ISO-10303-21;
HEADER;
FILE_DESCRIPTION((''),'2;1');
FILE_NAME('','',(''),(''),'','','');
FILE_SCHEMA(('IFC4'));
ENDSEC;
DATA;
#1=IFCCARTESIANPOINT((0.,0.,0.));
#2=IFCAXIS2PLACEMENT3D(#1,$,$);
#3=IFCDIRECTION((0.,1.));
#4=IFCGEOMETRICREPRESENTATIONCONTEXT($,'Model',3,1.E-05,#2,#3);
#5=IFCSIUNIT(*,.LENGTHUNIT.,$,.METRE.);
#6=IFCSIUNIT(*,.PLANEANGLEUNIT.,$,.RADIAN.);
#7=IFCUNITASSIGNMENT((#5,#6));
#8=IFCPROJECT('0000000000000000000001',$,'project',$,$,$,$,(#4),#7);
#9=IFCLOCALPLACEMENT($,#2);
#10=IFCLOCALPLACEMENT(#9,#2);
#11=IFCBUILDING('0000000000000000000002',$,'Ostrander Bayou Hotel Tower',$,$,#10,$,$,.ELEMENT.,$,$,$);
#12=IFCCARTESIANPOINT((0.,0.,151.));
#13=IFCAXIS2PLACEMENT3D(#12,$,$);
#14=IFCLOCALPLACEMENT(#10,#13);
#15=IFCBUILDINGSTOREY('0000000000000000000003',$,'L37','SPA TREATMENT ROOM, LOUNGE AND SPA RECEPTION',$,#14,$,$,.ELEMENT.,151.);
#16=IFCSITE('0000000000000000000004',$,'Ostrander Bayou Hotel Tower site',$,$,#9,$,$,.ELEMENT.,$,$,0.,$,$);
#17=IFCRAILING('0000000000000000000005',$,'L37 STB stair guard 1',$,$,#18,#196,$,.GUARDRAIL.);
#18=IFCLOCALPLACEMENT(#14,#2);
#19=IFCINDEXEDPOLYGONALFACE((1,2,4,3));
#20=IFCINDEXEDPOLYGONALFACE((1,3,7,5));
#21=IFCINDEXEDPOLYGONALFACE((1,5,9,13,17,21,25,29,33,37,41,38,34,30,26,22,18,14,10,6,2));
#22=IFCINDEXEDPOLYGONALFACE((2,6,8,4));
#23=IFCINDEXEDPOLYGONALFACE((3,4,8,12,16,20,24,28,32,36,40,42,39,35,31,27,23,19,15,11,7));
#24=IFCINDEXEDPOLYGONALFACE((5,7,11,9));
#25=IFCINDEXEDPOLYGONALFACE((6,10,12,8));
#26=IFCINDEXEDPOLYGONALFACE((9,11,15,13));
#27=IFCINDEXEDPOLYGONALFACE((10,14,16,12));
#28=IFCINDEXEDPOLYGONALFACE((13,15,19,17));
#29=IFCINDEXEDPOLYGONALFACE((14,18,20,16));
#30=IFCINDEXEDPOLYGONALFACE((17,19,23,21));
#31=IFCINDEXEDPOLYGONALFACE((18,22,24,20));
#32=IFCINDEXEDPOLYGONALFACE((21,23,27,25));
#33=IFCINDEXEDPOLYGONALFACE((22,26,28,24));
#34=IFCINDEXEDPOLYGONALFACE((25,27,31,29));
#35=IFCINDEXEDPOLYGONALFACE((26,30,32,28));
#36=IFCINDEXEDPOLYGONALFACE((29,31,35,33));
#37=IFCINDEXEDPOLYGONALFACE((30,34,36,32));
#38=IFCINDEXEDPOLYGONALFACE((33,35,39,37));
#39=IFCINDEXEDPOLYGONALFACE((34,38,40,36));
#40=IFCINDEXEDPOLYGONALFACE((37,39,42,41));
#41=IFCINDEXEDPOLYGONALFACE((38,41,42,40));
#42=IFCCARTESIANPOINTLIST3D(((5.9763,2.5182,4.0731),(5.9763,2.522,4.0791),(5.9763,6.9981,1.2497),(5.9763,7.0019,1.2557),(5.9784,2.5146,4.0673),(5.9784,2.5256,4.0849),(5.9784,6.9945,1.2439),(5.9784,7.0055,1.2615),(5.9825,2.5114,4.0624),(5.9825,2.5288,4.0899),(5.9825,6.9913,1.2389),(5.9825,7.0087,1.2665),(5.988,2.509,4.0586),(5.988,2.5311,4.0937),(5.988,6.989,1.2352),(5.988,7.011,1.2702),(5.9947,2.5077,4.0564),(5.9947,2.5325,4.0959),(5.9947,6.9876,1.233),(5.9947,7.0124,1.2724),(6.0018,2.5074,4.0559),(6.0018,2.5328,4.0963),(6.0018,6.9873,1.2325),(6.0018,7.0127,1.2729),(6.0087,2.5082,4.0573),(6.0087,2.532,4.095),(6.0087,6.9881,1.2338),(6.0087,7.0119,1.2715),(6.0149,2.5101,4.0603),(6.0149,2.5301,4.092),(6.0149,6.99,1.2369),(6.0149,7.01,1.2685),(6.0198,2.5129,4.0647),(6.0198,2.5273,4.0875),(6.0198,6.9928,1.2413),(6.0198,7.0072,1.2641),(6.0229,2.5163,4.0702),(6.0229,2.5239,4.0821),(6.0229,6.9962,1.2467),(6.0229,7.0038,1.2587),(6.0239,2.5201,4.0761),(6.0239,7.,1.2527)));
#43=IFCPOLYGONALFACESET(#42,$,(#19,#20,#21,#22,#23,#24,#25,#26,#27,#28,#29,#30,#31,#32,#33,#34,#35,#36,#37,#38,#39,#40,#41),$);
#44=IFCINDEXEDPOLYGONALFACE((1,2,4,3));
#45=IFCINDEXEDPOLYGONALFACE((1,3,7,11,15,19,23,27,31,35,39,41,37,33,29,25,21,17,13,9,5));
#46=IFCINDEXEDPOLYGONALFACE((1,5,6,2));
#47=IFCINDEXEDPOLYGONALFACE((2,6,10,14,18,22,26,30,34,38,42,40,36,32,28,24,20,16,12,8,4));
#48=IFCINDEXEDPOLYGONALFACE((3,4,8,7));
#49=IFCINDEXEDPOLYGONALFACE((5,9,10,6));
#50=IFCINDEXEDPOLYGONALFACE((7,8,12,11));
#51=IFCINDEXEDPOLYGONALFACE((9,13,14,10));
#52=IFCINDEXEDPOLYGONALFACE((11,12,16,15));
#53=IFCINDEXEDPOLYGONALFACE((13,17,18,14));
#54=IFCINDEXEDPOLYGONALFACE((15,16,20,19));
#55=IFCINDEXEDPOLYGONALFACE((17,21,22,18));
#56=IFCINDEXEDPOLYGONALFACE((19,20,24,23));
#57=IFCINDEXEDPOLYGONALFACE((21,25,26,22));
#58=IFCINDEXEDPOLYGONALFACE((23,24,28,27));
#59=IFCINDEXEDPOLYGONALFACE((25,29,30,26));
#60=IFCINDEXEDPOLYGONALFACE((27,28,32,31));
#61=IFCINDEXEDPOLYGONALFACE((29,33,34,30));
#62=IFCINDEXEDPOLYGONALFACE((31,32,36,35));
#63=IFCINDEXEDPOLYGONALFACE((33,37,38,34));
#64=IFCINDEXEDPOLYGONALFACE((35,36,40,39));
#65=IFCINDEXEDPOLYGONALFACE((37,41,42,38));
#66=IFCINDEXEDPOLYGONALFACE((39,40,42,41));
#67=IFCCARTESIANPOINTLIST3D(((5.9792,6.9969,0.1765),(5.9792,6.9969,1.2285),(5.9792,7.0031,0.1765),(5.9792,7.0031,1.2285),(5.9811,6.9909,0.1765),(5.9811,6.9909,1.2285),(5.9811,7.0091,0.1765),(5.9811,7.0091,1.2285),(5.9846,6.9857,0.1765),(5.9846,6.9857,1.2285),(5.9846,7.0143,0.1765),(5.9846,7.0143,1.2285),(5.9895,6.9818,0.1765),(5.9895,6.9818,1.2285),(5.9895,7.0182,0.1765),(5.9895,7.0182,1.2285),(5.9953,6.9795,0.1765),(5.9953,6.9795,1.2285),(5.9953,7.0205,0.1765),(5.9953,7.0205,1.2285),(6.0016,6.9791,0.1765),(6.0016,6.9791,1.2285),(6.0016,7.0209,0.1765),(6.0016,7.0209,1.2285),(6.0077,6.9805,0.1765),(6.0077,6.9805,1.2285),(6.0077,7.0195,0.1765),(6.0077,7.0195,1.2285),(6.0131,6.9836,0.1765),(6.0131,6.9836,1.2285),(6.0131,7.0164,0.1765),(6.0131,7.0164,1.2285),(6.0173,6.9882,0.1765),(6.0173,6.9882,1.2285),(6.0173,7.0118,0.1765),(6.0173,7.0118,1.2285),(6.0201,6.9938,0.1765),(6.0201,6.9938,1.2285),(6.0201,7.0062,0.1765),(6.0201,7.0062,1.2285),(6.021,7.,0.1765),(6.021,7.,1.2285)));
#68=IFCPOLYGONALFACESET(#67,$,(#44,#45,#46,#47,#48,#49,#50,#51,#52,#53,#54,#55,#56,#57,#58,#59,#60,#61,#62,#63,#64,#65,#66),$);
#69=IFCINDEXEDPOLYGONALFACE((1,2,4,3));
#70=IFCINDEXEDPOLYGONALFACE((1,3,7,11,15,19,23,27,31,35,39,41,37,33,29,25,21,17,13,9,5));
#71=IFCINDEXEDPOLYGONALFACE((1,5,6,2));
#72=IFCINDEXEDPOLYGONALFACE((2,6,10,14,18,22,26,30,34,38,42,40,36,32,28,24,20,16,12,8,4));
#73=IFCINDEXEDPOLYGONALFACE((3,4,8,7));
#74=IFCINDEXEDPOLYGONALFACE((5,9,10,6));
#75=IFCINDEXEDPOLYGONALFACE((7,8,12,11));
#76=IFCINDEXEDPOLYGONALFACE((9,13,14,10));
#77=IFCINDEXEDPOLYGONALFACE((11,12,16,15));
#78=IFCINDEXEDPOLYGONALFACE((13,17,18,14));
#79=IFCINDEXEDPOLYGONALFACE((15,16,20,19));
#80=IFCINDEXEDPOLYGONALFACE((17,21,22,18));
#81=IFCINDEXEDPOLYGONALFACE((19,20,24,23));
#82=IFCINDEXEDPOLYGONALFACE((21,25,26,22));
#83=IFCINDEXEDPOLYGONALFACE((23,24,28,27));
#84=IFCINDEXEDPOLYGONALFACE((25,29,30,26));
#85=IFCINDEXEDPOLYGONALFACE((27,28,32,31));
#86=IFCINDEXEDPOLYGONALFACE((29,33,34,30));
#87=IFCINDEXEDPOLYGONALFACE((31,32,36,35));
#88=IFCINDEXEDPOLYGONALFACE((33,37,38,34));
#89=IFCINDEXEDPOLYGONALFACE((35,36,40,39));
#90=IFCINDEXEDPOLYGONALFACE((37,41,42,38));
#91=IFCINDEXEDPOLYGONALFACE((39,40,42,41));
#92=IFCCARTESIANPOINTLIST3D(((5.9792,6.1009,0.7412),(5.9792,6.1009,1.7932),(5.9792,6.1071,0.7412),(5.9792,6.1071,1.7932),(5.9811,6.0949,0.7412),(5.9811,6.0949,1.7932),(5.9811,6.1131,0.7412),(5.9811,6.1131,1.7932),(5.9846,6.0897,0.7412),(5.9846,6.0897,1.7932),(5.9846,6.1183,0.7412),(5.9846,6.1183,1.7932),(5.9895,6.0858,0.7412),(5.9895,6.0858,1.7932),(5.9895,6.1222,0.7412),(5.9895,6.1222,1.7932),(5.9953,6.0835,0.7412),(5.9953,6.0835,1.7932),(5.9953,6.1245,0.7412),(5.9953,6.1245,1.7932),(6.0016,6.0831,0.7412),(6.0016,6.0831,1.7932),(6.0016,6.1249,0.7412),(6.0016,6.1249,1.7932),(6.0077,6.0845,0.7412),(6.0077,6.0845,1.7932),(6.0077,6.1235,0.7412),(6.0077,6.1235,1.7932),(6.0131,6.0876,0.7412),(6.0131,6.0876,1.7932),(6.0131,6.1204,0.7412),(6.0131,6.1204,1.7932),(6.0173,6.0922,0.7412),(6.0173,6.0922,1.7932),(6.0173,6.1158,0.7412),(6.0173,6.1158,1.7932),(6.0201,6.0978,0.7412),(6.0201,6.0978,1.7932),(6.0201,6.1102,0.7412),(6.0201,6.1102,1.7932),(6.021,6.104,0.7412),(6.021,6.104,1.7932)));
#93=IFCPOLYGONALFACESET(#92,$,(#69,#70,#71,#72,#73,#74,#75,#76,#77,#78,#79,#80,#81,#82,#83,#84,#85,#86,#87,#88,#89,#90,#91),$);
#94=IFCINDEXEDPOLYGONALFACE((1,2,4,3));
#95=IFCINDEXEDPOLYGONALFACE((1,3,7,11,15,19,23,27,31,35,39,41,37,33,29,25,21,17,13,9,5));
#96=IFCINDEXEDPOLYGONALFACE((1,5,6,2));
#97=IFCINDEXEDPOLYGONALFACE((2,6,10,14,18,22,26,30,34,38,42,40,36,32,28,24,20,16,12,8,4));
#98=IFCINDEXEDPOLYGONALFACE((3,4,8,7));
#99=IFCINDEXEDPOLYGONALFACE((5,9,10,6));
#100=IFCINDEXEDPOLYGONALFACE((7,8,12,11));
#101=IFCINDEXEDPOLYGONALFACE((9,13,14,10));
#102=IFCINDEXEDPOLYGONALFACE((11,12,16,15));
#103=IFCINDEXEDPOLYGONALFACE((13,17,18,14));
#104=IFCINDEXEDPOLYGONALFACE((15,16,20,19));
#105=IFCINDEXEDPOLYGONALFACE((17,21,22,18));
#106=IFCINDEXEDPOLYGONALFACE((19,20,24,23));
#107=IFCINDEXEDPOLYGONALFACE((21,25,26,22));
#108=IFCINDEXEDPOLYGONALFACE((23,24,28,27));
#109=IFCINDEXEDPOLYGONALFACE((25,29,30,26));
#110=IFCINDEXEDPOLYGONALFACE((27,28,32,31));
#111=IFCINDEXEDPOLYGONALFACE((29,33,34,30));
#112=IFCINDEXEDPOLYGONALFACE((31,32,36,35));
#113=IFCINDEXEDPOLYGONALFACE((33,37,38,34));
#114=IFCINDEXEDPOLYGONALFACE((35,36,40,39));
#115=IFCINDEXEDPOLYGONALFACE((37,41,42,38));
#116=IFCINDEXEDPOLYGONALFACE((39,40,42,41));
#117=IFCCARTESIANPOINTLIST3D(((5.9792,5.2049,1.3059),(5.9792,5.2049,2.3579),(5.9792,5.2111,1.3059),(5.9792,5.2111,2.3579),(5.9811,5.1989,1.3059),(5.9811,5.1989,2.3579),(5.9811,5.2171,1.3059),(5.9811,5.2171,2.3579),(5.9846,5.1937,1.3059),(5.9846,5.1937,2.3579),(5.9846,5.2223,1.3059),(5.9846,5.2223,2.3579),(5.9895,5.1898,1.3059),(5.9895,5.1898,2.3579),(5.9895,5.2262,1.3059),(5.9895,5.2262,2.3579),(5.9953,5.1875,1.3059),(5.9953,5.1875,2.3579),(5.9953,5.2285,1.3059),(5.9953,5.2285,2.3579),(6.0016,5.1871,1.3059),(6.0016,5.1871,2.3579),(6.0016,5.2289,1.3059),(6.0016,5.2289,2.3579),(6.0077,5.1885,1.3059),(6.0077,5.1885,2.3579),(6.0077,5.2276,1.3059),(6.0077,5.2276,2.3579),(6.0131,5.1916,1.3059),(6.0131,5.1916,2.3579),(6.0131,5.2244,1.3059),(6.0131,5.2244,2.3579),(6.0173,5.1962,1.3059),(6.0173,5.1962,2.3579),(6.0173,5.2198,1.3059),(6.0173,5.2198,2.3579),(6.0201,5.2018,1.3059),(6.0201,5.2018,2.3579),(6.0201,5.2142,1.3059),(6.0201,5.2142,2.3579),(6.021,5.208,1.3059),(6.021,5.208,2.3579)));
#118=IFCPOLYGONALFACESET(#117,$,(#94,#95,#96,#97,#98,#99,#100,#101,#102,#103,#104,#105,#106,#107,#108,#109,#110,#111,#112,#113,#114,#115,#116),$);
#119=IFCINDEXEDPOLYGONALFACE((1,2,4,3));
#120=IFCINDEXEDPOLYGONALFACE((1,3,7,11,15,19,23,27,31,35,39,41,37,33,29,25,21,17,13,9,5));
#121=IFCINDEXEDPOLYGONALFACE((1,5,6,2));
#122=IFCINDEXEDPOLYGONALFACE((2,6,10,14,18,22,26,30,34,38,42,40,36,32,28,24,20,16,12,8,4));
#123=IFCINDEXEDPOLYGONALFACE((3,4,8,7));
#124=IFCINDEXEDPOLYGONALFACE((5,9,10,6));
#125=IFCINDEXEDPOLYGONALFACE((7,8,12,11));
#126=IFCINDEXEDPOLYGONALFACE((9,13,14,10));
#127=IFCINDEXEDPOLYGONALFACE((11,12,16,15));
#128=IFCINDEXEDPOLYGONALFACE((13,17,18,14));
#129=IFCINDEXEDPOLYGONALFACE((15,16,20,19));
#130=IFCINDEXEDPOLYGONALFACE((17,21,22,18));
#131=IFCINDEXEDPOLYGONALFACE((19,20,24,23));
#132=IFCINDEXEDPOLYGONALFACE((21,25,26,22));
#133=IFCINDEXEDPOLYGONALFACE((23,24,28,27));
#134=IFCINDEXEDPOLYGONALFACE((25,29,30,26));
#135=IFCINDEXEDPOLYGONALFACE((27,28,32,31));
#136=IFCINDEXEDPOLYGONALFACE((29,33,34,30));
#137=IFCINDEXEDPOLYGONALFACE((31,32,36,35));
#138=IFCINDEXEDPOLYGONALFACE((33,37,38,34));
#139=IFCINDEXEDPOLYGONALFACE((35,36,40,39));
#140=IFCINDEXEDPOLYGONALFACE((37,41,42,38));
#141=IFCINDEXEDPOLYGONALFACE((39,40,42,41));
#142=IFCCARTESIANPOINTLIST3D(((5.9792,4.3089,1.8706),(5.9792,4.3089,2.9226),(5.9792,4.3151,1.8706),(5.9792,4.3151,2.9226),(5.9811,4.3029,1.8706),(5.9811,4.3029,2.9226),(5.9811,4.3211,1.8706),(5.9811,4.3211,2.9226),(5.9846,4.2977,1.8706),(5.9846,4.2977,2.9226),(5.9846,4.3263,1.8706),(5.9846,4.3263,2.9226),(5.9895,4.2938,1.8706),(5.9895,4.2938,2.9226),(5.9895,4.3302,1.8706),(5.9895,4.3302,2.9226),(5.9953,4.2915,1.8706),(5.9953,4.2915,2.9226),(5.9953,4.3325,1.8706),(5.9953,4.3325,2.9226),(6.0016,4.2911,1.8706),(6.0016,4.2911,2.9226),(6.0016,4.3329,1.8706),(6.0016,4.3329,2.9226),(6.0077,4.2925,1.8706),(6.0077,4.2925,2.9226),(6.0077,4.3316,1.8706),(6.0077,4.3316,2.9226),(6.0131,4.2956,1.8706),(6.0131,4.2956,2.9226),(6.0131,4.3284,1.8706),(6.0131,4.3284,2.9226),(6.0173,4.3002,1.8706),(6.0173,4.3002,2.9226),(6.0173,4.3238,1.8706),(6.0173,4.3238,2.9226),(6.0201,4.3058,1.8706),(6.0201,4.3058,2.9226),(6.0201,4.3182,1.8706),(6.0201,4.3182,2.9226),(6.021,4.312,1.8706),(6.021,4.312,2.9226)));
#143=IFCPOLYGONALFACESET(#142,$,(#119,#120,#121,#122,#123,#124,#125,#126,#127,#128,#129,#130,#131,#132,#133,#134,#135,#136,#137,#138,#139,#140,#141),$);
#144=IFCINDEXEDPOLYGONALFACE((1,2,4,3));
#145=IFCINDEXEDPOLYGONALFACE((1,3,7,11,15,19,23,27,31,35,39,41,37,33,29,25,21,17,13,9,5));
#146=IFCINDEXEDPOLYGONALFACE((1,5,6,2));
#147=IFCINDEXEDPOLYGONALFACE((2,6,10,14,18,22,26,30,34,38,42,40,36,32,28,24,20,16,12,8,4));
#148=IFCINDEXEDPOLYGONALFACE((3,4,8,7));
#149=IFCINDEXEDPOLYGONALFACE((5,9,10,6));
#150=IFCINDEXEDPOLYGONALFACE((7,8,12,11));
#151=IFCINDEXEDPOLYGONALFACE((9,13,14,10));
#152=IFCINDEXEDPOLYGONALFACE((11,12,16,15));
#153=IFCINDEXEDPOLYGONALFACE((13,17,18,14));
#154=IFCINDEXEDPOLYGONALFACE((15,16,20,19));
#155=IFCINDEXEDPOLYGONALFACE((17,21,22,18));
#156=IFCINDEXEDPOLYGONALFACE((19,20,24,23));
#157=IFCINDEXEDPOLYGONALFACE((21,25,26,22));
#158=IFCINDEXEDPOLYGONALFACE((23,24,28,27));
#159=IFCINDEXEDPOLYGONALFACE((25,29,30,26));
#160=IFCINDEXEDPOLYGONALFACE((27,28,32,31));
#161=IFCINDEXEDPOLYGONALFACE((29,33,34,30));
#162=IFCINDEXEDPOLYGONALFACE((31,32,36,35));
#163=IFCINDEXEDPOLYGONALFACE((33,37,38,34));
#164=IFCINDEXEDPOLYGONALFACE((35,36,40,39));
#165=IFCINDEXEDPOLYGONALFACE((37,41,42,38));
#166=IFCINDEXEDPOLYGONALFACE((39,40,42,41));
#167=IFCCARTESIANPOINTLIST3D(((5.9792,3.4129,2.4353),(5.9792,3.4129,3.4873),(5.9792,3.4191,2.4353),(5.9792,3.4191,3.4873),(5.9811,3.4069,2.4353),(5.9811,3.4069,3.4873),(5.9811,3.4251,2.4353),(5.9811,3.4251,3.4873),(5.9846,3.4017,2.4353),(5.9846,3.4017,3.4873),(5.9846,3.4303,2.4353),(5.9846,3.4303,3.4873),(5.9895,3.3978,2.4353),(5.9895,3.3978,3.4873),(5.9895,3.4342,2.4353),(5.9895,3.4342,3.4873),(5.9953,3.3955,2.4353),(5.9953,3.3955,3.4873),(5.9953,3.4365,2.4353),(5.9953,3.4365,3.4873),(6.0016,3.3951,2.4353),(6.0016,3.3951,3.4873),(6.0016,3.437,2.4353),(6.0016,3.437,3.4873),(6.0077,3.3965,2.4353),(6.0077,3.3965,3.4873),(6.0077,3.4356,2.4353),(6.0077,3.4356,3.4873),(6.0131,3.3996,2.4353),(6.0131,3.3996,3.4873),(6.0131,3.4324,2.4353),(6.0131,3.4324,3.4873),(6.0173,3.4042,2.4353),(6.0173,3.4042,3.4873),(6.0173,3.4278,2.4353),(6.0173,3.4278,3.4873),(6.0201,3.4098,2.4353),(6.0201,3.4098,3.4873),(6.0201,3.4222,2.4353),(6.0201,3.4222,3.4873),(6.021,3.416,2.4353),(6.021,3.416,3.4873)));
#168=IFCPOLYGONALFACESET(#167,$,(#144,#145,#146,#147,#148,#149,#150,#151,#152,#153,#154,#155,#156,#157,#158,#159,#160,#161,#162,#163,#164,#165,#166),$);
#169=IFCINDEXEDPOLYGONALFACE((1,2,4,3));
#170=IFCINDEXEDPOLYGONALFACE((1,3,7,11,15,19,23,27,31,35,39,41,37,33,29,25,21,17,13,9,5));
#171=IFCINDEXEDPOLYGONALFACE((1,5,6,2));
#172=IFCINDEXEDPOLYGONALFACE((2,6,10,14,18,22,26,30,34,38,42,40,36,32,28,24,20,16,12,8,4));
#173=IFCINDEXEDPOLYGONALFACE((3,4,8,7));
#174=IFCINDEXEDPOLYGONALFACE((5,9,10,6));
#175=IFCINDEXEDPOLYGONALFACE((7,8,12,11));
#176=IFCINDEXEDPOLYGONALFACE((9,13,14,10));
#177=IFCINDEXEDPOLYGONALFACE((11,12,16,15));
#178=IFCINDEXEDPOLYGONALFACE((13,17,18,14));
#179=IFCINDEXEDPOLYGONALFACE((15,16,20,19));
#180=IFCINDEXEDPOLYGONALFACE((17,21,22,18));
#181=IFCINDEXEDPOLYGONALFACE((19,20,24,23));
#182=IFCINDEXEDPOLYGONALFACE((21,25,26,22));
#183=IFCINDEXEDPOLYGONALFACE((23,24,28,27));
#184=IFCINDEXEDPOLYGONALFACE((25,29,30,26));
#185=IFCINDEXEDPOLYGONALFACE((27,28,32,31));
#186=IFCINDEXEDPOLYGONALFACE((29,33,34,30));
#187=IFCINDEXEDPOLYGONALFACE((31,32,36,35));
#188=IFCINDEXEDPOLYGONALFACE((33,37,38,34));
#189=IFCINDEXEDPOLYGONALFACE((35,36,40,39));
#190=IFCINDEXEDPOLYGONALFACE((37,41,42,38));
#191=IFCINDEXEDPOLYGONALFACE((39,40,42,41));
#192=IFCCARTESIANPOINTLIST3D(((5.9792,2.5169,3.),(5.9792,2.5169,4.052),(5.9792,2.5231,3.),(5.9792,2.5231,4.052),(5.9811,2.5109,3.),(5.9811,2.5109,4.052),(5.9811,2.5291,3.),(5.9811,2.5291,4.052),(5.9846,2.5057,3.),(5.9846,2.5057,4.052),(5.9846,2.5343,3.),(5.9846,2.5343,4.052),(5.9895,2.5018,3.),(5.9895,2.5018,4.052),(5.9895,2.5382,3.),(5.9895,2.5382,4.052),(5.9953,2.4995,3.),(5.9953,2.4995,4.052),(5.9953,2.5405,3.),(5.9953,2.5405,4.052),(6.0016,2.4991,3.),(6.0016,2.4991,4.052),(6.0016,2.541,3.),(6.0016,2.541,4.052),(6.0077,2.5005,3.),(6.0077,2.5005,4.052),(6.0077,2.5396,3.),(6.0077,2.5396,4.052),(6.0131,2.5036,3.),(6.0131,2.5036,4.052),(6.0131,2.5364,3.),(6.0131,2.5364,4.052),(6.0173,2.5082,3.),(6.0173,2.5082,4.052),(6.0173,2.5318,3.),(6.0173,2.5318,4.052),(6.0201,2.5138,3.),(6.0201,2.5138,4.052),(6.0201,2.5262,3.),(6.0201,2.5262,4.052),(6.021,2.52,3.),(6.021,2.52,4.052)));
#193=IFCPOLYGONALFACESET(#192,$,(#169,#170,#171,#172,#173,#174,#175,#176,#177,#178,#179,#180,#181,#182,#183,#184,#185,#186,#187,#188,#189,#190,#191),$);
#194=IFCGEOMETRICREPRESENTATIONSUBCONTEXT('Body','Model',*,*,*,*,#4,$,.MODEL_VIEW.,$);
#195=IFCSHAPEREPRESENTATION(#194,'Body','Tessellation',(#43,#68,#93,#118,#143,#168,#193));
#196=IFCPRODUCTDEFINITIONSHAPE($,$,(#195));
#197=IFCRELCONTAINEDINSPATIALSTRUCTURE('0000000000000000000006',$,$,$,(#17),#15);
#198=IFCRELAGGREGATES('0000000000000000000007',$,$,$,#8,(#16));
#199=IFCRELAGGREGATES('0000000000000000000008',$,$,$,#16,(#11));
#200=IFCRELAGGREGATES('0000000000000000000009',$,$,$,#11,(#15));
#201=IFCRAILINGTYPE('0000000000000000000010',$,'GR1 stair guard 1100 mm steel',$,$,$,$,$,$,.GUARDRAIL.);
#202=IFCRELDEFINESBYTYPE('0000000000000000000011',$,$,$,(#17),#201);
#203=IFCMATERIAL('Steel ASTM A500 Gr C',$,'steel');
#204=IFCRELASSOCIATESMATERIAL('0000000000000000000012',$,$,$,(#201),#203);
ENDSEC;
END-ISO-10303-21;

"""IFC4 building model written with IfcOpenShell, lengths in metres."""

from ifc_helpers import new_model, si_unit, direction, frame, origin, origin_2d, place, context, subcontext, project, spatial, circle, extrude, material, type_object, element, save


model = new_model("IFC4")

# Units and contexts
model_context = context("Model", 3, precision=1e-05, world=origin(), true_north=direction((0.0, 1.0)))
body_context = subcontext(model_context, "Body", "Model", "MODEL_VIEW")
ifc_project = project(units=[si_unit("LENGTHUNIT", "METRE"), si_unit("PLANEANGLEUNIT", "RADIAN")], contexts=[model_context])

# Site, building, storey
site_placement = place(None, origin())
site = spatial("IfcSite", under=ifc_project, at=site_placement, Name="Ostrander Bayou Hotel Tower site", CompositionType="ELEMENT", RefElevation=0.0)
building_placement = place(site_placement, origin())
building = spatial("IfcBuilding", under=site, at=building_placement, Name="Ostrander Bayou Hotel Tower", CompositionType="ELEMENT")
storey_placement = place(building_placement, frame((0.0, 0.0, 151.0)))
storey = spatial("IfcBuildingStorey", under=building, at=storey_placement, Name="L37", Description="SPA TREATMENT ROOM, LOUNGE AND SPA RECEPTION", CompositionType="ELEMENT", Elevation=151.0)

# Railing
ifc_material_1 = material(Name="Steel ASTM A500 Gr C", Category="steel")
railing_type_1 = type_object("IfcRailingType", Name="GR1 stair guard 1100 mm steel", PredefinedType="GUARDRAIL", material=ifc_material_1)
railing_1_placement = place(storey_placement, frame((6.0, 7.0, 0.1765)))
element("IfcRailing", 1, at=railing_1_placement, inside=storey, type_object=railing_type_1, Name="L37 STB stair guard 1", PredefinedType="GUARDRAIL", context=body_context, shape_type="SweptSolid", body=[
    extrude(circle(Radius=0.0239, at=origin_2d()), frame((0.0, 0.0, 1.0762), z_axis=(0.0, -0.845998, 0.533186), x_axis=(1.0, 0.0, 0.0)), (0.0, 0.0, 1.0), 5.2954),
    extrude(circle(Radius=0.021, at=origin_2d()), origin(), (0.0, 0.0, 1.0), 1.052),
    extrude(circle(Radius=0.021, at=origin_2d()), frame((0.0, -0.896, 0.5647)), (0.0, 0.0, 1.0), 1.052),
    extrude(circle(Radius=0.021, at=origin_2d()), frame((0.0, -1.792, 1.1294)), (0.0, 0.0, 1.0), 1.052),
    extrude(circle(Radius=0.021, at=origin_2d()), frame((0.0, -2.688, 1.6941)), (0.0, 0.0, 1.0), 1.052),
    extrude(circle(Radius=0.021, at=origin_2d()), frame((0.0, -3.584, 2.2588)), (0.0, 0.0, 1.0), 1.052),
    extrude(circle(Radius=0.021, at=origin_2d()), frame((0.0, -4.48, 2.8235)), (0.0, 0.0, 1.0), 1.052),
])

save(model, "model.ifc")
